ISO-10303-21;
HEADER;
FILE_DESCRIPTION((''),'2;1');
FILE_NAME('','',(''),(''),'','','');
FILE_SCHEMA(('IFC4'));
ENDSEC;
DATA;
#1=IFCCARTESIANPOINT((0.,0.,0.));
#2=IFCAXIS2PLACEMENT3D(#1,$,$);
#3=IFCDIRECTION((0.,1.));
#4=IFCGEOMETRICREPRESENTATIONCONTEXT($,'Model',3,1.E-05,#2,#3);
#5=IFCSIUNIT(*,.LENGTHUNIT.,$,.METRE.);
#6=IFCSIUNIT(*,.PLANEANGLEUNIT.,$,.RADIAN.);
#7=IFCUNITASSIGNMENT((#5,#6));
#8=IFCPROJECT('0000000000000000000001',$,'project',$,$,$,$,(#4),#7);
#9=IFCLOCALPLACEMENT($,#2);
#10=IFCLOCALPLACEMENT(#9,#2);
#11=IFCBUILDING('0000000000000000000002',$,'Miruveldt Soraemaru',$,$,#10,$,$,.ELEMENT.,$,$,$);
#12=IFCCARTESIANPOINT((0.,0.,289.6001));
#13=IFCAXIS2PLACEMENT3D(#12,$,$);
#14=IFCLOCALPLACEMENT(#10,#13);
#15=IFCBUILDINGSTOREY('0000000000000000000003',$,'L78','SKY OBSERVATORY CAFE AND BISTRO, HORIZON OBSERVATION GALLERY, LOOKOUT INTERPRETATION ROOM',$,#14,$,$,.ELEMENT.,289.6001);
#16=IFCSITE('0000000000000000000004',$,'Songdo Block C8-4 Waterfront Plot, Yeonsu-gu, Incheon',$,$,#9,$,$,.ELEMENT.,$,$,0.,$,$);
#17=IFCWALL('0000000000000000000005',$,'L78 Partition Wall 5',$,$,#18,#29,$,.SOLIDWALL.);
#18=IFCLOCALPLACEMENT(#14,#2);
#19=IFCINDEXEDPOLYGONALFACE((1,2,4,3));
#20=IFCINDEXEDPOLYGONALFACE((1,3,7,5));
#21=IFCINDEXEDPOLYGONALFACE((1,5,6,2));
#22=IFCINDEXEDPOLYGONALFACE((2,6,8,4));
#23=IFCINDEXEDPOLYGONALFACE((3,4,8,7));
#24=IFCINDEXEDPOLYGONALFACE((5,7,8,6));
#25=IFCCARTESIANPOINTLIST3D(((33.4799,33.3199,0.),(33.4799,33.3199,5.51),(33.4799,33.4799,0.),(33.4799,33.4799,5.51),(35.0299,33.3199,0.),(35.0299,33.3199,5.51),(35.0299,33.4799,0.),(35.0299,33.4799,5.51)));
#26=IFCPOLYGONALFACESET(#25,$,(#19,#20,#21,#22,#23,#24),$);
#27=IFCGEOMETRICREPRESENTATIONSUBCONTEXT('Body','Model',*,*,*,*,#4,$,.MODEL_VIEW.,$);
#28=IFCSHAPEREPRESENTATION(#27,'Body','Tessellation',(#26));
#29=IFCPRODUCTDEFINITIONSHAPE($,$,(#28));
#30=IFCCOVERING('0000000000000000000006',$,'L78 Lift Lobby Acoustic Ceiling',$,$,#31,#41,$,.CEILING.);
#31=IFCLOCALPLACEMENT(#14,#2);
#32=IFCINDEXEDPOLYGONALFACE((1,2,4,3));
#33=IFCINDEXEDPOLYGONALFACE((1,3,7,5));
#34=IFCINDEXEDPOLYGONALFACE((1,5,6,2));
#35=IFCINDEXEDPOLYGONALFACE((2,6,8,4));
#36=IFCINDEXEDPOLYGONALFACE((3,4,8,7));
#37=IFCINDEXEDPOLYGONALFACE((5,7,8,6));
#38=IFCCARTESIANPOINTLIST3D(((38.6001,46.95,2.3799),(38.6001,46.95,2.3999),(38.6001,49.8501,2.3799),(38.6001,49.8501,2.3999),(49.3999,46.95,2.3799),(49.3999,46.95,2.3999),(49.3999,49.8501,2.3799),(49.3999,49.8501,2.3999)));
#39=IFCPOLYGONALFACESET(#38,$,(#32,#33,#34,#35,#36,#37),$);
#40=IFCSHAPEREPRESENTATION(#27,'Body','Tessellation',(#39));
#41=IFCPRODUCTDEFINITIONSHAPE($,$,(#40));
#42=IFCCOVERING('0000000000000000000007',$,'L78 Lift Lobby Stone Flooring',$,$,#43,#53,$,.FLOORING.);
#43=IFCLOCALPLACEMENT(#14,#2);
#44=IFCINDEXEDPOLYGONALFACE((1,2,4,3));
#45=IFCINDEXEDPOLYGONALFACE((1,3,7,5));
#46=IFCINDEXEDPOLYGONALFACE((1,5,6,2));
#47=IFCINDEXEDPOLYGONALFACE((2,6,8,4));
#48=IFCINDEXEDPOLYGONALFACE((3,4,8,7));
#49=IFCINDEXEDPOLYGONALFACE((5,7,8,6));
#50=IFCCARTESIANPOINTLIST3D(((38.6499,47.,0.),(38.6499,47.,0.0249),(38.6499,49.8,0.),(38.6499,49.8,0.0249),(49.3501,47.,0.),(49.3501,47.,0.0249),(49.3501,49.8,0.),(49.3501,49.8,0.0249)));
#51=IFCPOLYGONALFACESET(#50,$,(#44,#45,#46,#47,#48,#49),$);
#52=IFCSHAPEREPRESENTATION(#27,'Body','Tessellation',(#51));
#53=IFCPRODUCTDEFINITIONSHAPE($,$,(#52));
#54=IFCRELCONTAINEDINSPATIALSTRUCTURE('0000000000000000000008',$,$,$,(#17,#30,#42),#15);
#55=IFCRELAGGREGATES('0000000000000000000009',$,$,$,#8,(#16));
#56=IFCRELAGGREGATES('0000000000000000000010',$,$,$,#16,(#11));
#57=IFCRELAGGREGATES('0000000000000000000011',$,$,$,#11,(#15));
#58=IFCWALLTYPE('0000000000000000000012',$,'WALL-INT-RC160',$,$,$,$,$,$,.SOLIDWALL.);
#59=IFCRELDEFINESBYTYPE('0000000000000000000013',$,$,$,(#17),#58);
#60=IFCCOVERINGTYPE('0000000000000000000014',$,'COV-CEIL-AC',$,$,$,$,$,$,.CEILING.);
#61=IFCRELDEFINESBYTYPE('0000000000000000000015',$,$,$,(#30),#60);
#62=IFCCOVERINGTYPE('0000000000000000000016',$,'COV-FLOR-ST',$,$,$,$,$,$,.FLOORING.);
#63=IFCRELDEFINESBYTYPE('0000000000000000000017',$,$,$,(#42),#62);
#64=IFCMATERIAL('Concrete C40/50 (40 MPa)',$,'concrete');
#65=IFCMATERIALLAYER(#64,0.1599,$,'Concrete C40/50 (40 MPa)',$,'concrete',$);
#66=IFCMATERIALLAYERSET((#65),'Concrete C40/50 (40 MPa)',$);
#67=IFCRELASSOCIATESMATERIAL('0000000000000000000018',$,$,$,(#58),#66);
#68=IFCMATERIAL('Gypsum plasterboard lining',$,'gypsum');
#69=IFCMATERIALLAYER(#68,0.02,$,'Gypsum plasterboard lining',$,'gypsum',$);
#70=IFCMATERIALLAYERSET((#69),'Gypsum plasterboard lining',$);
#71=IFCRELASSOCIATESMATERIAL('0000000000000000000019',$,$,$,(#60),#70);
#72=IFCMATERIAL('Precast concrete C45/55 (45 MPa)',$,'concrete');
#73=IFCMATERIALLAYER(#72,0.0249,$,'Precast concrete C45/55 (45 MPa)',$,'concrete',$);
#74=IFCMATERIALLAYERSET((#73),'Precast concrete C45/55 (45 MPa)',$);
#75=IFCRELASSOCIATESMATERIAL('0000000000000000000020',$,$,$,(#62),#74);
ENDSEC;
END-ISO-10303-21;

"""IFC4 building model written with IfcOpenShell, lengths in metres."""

from ifc_helpers import new_model, si_unit, direction, frame, frame_2d, origin, place, context, subcontext, project, spatial, polyline, rectangle, outline, extrude, material, layer, layer_set, type_object, element, save


model = new_model("IFC4")

# Units and contexts
model_context = context("Model", 3, precision=1e-05, world=origin(), true_north=direction((0.0, 1.0)))
body_context = subcontext(model_context, "Body", "Model", "MODEL_VIEW")
ifc_project = project(units=[si_unit("LENGTHUNIT", "METRE"), si_unit("PLANEANGLEUNIT", "RADIAN")], contexts=[model_context])

# Site, building, storey
site_placement = place(None, origin())
site = spatial("IfcSite", under=ifc_project, at=site_placement, Name="Songdo Block C8-4 Waterfront Plot, Yeonsu-gu, Incheon", CompositionType="ELEMENT", RefElevation=0.0)
building_placement = place(site_placement, origin())
building = spatial("IfcBuilding", under=site, at=building_placement, Name="Miruveldt Soraemaru", CompositionType="ELEMENT")
storey_placement = place(building_placement, frame((0.0, 0.0, 289.6001)))
storey = spatial("IfcBuildingStorey", under=building, at=storey_placement, Name="L78", Description="SKY OBSERVATORY CAFE AND BISTRO, HORIZON OBSERVATION GALLERY, LOOKOUT INTERPRETATION ROOM", CompositionType="ELEMENT", Elevation=289.6001)

# Shared definitions
ifc_material_1 = material(Name="Concrete C40/50 (40 MPa)", Category="concrete")

# Shared definitions
ifc_material_2 = material(Name="Precast concrete C45/55 (45 MPa)", Category="concrete")

# Wall
ifc_layer_1 = layer(ifc_material_1, 0.1599, Name="Concrete C40/50 (40 MPa)", Category="concrete")
ifc_layer_set_1 = layer_set([ifc_layer_1], Name="Concrete C40/50 (40 MPa)")
wall_type_1 = type_object("IfcWallType", Name="WALL-INT-RC160", PredefinedType="SOLIDWALL", material=ifc_layer_set_1)
wall_1_placement = place(storey_placement, frame((33.48, 33.3999, 0.0), z_axis=(0.0, 0.0, 1.0), x_axis=(1.0, 0.0, 0.0)))
element("IfcWall", 1, at=wall_1_placement, inside=storey, type_object=wall_type_1, Name="L78 Partition Wall 5", PredefinedType="SOLIDWALL", context=body_context, shape_type="SweptSolid", body=[
    extrude(rectangle(XDim=1.55, YDim=0.1599, at=frame_2d((0.7749, 0.0))), origin(), (0.0, 0.0, 1.0), 5.51),
])

# Coverings
ifc_material_3 = material(Name="Gypsum plasterboard lining", Category="gypsum")
ifc_layer_2 = layer(ifc_material_3, 0.02, Name="Gypsum plasterboard lining", Category="gypsum")
ifc_layer_set_2 = layer_set([ifc_layer_2], Name="Gypsum plasterboard lining")
covering_type_1 = type_object("IfcCoveringType", Name="COV-CEIL-AC", PredefinedType="CEILING", material=ifc_layer_set_2)
covering_1_placement = place(storey_placement, frame((0.0, 0.0, 2.3799)))
element("IfcCovering", 2, at=covering_1_placement, inside=storey, type_object=covering_type_1, Name="L78 Lift Lobby Acoustic Ceiling", PredefinedType="CEILING", context=body_context, shape_type="SweptSolid", body=[
    extrude(outline(polyline([(38.6001, 46.95), (49.3999, 46.95), (49.3999, 49.8501), (38.6001, 49.8501), (38.6001, 46.95)])), origin(), (0.0, 0.0, 1.0), 0.02),
])
ifc_layer_3 = layer(ifc_material_2, 0.0249, Name="Precast concrete C45/55 (45 MPa)", Category="concrete")
ifc_layer_set_3 = layer_set([ifc_layer_3], Name="Precast concrete C45/55 (45 MPa)")
covering_type_2 = type_object("IfcCoveringType", Name="COV-FLOR-ST", PredefinedType="FLOORING", material=ifc_layer_set_3)
covering_2_placement = place(storey_placement, origin())
element("IfcCovering", 3, at=covering_2_placement, inside=storey, type_object=covering_type_2, Name="L78 Lift Lobby Stone Flooring", PredefinedType="FLOORING", context=body_context, shape_type="SweptSolid", body=[
    extrude(outline(polyline([(38.6499, 47.0), (49.3501, 47.0), (49.3501, 49.8), (38.6499, 49.8), (38.6499, 47.0)])), origin(), (0.0, 0.0, 1.0), 0.0249),
])

save(model, "model.ifc")
